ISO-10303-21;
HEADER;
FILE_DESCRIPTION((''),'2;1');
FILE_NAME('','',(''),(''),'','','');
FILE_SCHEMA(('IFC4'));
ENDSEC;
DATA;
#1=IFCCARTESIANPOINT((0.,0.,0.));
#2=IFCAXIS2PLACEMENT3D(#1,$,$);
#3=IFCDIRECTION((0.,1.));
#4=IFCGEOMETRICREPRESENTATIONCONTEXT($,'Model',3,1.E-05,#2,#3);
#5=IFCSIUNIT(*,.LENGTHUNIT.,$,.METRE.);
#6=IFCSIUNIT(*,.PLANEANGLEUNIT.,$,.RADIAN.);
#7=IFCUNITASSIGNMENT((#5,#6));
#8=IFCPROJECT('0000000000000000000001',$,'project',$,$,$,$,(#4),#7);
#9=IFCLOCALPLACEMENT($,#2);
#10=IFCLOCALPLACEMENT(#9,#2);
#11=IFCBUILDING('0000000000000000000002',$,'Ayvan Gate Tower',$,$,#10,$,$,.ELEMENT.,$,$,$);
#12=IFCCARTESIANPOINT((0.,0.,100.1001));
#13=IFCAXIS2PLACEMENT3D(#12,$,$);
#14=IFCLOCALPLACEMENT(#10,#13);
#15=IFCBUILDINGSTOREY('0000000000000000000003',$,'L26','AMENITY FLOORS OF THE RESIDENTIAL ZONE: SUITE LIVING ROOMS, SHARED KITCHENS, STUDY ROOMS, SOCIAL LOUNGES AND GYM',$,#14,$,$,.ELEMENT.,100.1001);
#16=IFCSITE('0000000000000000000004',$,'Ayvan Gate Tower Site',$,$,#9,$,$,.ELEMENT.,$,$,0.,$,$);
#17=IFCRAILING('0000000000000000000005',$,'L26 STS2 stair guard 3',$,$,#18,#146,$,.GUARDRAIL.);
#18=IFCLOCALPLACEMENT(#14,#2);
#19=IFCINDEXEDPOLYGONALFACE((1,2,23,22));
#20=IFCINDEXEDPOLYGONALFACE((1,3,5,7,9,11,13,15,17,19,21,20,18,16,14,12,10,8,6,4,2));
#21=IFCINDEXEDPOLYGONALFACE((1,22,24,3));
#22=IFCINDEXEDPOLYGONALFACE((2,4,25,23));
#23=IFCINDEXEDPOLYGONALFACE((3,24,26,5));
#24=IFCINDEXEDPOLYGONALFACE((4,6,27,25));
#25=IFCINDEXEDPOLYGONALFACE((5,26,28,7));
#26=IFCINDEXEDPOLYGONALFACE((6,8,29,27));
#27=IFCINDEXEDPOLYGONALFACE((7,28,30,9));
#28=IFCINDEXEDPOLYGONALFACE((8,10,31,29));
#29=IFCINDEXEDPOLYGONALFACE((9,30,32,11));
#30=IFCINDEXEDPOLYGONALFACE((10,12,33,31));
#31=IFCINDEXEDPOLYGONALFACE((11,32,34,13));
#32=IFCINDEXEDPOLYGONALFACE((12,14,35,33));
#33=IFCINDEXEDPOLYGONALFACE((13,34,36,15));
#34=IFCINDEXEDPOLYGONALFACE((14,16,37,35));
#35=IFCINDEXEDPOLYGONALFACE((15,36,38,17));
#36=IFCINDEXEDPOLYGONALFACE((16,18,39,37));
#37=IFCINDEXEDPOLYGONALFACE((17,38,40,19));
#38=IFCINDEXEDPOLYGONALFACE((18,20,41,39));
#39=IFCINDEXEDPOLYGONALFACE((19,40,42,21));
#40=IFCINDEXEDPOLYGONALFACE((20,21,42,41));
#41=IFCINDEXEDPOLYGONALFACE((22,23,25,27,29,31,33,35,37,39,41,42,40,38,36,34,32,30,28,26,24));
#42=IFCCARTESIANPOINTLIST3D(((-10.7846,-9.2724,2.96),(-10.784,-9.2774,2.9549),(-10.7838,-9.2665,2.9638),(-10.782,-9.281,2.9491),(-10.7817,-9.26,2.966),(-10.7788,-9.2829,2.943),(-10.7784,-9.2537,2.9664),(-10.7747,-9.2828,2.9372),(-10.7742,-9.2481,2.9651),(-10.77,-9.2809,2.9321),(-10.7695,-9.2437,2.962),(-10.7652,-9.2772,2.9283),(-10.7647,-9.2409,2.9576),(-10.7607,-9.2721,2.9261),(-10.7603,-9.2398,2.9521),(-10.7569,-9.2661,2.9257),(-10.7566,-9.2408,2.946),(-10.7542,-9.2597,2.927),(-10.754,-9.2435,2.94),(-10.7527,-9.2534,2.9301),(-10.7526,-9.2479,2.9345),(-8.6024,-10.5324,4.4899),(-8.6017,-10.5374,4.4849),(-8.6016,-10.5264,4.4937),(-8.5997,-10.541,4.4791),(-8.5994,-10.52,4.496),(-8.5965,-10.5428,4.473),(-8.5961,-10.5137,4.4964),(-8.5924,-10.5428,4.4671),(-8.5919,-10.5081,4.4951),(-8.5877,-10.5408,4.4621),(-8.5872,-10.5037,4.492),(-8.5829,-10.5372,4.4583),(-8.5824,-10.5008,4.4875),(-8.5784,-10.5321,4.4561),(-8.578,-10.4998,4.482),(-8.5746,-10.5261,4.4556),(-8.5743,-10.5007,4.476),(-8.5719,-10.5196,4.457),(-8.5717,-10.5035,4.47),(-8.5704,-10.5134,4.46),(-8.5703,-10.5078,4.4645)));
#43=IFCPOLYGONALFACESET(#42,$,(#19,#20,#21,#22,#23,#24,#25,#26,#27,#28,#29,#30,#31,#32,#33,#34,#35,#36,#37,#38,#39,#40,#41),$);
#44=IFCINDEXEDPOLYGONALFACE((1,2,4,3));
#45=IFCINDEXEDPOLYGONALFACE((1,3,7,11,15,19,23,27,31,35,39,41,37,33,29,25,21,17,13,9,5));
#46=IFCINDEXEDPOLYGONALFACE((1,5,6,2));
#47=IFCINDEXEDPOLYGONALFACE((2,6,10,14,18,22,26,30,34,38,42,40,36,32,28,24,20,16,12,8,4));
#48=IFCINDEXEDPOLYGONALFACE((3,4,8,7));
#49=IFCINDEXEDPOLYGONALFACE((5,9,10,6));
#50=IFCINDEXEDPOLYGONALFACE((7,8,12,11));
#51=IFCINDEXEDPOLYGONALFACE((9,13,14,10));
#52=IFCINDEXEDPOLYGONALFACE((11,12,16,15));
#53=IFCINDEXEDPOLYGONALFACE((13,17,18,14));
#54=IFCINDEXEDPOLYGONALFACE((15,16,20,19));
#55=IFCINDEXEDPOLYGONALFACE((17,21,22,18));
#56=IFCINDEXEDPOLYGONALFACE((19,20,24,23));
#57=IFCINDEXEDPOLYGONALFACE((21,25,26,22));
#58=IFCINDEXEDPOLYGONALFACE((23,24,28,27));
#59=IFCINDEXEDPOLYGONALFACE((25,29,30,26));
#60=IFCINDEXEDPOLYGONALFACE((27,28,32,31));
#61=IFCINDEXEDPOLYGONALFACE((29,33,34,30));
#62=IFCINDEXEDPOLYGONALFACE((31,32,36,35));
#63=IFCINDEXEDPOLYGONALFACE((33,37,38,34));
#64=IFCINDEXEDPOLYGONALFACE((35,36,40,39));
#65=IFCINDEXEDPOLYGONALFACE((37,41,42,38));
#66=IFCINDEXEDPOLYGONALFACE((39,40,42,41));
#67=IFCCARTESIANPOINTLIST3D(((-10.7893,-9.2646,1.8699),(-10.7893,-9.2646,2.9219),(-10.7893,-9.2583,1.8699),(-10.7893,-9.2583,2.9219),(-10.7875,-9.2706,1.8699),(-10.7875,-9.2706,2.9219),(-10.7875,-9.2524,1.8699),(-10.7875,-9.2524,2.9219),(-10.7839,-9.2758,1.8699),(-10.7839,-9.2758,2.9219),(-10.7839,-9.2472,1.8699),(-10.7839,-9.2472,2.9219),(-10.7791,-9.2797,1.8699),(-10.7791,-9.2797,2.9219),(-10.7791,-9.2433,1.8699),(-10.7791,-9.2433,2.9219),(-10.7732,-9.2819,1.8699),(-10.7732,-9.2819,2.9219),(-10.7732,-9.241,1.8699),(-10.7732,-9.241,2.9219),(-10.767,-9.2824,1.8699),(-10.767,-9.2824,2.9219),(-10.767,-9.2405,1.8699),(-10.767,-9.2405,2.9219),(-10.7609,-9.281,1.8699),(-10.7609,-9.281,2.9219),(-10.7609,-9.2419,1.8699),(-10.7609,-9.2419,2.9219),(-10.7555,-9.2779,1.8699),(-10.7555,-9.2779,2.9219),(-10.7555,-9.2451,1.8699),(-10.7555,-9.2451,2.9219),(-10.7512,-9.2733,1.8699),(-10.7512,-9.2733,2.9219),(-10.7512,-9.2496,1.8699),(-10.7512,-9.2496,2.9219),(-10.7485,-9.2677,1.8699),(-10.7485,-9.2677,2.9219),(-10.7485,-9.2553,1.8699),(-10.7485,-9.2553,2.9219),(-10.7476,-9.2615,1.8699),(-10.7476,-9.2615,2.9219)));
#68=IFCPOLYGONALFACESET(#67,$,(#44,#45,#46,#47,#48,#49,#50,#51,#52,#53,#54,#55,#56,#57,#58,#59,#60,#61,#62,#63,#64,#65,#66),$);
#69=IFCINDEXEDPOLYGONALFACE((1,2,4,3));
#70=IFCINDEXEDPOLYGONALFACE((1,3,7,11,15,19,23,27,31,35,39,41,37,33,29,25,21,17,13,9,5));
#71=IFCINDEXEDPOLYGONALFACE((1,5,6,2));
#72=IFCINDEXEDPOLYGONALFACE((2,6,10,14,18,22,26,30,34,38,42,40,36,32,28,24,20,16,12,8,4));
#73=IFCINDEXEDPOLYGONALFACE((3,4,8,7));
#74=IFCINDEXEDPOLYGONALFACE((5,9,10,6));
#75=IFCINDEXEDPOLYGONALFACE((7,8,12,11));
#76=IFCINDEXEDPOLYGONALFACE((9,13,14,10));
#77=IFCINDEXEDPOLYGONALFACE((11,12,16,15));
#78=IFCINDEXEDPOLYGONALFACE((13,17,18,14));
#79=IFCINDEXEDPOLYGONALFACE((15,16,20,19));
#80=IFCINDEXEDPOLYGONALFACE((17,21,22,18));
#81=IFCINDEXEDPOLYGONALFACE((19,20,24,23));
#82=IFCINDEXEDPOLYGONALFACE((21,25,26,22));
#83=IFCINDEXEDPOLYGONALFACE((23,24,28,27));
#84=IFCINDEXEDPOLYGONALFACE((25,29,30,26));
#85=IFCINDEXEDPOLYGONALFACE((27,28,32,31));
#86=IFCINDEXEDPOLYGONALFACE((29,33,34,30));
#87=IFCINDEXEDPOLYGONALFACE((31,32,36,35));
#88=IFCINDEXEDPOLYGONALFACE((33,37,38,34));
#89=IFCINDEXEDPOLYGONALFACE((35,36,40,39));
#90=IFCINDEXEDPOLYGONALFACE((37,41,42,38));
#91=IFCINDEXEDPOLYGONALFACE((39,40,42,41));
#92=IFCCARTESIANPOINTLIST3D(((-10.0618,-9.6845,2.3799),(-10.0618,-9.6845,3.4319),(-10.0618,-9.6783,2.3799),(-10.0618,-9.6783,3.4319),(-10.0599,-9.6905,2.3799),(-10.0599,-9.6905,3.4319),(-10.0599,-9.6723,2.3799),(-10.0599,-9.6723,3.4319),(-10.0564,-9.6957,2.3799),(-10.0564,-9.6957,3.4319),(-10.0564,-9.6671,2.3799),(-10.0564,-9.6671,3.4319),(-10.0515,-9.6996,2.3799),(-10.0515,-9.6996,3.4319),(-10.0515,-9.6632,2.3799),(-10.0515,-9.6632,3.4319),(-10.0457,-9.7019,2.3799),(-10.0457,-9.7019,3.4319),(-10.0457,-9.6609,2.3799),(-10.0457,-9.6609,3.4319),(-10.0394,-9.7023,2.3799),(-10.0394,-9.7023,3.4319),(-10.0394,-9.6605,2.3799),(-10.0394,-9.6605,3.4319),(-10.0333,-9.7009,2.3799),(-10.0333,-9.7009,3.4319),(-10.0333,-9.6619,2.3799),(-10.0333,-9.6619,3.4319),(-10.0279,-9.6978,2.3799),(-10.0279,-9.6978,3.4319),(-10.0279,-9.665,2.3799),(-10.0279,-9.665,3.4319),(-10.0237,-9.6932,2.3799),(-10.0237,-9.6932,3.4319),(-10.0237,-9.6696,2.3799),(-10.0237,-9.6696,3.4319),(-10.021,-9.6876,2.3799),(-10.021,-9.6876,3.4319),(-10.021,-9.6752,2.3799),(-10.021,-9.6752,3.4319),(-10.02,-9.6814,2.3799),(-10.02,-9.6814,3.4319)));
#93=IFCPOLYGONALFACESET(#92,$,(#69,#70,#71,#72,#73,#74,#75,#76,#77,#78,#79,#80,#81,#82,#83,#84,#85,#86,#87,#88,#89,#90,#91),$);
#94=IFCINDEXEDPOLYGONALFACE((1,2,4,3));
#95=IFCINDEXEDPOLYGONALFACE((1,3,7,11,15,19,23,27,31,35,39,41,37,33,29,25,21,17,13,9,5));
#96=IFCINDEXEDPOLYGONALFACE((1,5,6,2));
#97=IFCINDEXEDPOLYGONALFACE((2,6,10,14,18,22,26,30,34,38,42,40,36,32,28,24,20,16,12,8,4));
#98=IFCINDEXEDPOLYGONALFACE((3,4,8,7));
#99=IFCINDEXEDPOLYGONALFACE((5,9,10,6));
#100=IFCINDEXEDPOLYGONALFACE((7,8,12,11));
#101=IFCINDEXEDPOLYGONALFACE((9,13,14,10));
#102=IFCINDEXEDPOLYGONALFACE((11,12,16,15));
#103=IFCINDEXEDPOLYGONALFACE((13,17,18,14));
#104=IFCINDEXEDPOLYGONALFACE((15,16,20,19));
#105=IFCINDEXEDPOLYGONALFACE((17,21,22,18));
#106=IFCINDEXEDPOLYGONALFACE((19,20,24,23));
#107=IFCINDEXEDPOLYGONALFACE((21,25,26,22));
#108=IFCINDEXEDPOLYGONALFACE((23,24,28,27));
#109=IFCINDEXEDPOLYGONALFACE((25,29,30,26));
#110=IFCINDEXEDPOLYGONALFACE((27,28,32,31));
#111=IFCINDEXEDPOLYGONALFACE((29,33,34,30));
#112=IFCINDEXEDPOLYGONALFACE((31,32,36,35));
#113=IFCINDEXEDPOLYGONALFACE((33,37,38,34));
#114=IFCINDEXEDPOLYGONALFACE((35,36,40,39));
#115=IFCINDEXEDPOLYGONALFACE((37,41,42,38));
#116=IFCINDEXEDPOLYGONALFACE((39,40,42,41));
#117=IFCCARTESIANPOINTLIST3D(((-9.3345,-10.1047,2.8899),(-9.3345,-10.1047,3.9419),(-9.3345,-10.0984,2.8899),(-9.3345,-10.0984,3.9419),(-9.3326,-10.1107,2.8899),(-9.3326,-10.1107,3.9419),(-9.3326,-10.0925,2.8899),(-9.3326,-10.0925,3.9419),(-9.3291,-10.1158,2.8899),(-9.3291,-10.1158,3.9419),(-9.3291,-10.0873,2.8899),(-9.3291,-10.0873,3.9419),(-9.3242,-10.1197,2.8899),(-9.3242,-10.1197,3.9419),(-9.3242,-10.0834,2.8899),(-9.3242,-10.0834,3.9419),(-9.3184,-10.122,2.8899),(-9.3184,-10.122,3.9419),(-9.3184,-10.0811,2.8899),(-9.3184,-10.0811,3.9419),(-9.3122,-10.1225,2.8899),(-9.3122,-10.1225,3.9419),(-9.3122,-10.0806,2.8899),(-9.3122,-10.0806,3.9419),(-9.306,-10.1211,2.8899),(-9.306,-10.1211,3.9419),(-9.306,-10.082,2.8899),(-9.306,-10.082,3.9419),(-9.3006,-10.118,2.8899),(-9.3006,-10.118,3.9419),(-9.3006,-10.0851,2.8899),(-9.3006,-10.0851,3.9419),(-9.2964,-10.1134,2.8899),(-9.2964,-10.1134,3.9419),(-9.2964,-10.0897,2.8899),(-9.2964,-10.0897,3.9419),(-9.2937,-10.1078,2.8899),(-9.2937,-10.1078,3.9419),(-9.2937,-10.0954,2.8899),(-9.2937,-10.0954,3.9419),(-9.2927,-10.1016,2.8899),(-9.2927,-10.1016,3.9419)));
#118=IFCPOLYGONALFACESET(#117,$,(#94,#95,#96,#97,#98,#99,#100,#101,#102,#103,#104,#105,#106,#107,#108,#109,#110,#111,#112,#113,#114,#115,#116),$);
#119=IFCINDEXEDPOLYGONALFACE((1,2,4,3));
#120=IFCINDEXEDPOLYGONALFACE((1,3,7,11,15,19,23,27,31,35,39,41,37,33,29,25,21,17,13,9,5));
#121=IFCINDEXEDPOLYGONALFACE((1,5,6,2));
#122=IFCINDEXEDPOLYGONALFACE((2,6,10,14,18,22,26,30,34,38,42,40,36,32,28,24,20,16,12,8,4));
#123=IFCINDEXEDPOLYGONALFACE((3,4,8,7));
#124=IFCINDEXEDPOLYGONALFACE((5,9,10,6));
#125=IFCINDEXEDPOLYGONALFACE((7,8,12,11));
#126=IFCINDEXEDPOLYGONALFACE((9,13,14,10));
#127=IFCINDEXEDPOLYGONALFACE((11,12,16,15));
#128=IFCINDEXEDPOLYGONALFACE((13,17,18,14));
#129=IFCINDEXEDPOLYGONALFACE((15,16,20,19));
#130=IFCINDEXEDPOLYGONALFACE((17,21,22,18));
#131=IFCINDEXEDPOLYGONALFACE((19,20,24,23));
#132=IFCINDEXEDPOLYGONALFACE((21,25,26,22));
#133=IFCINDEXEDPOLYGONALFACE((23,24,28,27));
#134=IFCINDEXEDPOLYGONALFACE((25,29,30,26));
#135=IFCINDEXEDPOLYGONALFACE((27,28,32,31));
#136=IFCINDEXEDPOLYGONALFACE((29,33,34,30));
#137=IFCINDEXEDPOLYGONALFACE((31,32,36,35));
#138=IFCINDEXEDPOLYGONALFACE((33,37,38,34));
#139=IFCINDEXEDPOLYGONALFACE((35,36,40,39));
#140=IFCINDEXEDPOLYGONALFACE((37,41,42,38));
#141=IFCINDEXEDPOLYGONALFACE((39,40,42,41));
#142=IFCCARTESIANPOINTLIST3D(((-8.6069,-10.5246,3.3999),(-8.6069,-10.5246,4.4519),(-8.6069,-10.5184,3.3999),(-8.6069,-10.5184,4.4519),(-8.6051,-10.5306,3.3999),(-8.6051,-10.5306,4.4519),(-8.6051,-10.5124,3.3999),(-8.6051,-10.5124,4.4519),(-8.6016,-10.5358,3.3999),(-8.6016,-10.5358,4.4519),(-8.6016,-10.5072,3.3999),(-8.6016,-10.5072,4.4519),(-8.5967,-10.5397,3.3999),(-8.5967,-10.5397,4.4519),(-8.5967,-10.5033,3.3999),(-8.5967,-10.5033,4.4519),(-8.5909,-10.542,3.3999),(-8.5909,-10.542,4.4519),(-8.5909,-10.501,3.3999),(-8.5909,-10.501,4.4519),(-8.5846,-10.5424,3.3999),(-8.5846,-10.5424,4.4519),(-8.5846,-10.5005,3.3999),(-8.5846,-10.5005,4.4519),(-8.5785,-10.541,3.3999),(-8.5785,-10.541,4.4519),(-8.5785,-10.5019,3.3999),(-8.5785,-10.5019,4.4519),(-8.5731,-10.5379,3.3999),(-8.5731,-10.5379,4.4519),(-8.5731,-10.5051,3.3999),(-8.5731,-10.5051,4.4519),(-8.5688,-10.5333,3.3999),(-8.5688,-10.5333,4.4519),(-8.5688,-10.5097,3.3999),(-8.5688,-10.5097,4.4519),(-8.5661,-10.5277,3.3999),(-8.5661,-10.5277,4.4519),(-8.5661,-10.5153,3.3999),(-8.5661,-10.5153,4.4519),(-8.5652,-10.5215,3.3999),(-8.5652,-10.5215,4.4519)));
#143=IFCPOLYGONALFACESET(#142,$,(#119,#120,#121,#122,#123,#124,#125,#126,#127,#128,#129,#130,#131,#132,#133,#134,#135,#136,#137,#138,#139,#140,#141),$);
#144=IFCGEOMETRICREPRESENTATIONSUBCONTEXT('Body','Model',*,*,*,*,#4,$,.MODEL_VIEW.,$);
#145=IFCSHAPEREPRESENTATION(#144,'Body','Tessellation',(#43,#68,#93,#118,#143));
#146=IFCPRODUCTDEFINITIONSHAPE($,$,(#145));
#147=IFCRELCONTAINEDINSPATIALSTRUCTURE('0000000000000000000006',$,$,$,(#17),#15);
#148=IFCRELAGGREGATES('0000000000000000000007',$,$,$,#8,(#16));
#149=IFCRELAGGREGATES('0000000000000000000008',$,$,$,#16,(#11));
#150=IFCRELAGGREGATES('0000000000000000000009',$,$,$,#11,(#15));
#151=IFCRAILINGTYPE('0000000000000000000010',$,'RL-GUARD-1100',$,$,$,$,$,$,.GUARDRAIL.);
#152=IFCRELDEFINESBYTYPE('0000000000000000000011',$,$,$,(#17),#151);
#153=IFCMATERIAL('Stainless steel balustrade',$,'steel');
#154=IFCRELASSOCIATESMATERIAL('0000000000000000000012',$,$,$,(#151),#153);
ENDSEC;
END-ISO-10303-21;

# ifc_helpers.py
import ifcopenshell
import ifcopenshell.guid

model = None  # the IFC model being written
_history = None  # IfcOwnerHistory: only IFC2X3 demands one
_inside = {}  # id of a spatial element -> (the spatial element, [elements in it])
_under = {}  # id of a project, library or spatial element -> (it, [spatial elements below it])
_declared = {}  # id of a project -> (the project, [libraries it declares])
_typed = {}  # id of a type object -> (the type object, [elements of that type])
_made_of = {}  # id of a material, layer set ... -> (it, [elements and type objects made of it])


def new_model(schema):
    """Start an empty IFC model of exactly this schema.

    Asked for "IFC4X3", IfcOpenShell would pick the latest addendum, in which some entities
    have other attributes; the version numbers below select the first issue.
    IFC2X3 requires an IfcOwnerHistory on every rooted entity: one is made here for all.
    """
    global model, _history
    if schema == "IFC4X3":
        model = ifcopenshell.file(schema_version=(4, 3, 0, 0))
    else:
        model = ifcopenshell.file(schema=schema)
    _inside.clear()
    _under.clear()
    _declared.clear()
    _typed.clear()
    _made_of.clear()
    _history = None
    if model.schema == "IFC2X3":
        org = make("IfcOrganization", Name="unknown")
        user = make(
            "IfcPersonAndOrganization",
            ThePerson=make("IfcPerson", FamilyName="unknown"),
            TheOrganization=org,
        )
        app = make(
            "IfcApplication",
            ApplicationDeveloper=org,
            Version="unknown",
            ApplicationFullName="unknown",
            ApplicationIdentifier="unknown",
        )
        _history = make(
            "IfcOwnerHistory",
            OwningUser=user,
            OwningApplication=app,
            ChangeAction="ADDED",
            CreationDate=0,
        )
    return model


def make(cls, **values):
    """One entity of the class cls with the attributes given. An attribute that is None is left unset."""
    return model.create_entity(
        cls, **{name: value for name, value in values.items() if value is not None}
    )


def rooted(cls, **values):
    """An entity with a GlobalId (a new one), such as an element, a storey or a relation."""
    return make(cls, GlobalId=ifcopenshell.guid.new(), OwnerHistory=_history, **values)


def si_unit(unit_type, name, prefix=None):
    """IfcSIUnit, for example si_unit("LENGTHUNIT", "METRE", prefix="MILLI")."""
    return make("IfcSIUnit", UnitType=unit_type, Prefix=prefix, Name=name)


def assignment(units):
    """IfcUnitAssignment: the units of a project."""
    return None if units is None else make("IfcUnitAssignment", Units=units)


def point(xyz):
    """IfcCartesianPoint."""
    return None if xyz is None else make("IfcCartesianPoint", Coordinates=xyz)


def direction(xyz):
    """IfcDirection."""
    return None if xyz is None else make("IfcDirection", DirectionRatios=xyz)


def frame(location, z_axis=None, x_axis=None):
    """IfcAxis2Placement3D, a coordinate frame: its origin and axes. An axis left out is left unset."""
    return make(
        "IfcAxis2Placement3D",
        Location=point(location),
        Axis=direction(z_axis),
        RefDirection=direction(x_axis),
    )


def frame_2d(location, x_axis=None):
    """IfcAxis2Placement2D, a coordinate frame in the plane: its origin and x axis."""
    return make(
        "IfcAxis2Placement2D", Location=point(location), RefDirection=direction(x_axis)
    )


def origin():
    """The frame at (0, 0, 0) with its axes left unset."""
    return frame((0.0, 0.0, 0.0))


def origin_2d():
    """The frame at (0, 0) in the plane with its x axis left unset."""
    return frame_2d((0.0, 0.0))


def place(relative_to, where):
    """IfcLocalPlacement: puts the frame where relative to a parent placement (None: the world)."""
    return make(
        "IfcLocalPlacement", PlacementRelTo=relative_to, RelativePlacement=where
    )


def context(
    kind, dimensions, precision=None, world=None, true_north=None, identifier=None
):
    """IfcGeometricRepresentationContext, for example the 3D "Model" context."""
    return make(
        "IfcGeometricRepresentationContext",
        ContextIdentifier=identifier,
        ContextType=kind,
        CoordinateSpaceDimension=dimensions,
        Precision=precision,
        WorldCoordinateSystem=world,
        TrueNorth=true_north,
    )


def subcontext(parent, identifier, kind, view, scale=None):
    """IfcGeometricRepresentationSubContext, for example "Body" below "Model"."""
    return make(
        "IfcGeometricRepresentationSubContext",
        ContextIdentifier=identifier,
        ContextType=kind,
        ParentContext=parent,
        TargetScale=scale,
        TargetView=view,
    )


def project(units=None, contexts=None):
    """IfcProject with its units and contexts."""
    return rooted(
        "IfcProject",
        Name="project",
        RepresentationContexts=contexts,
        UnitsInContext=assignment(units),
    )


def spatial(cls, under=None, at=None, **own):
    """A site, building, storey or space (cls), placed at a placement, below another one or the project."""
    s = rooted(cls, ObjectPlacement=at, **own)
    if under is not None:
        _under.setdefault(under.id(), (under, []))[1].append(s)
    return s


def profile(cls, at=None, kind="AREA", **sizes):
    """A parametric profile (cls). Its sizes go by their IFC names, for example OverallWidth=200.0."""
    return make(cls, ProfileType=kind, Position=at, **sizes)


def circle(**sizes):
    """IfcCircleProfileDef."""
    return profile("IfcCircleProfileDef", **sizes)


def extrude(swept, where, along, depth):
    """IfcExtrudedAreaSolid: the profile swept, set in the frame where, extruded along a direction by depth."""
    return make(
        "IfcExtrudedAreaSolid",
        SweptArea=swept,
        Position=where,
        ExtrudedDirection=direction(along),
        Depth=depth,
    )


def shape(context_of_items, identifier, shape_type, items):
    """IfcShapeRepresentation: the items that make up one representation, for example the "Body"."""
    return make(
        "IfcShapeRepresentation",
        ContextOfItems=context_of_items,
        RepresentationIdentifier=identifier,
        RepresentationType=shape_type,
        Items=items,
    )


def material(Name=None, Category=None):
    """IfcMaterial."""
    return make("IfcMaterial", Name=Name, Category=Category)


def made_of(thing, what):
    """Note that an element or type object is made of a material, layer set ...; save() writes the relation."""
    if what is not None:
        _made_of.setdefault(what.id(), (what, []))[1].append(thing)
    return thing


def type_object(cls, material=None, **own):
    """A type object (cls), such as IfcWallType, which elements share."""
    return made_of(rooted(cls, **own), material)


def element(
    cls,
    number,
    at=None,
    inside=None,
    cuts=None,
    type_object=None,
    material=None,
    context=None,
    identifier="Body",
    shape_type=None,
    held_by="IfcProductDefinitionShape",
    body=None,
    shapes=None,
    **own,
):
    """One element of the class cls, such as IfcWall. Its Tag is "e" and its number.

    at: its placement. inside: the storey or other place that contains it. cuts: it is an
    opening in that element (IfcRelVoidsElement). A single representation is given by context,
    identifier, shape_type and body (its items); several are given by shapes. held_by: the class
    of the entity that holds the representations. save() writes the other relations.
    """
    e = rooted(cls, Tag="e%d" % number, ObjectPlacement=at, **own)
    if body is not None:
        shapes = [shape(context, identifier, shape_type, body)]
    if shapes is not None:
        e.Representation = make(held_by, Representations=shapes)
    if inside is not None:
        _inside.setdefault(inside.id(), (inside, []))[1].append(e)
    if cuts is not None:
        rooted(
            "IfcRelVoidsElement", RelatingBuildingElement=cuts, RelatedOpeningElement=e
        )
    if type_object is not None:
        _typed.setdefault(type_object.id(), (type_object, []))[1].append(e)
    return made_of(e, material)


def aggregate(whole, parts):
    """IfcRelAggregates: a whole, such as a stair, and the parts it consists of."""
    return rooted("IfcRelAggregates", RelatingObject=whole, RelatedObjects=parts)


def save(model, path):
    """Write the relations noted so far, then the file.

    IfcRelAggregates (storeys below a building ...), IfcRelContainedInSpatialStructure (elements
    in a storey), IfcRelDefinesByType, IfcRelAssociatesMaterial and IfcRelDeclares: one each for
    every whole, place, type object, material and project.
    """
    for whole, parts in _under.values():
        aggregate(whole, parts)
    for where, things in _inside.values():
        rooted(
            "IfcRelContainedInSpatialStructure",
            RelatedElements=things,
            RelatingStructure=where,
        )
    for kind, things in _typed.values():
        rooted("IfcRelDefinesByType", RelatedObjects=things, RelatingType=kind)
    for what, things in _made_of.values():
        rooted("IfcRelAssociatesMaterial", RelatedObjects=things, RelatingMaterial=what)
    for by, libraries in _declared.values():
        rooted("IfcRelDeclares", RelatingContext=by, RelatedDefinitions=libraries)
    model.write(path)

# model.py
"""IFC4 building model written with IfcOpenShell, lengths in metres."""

from ifc_helpers import new_model, si_unit, direction, frame, origin, origin_2d, place, context, subcontext, project, spatial, circle, extrude, material, type_object, element, save


model = new_model("IFC4")

# Units and contexts
model_context = context("Model", 3, precision=1e-05, world=origin(), true_north=direction((0.0, 1.0)))
body_context = subcontext(model_context, "Body", "Model", "MODEL_VIEW")
ifc_project = project(units=[si_unit("LENGTHUNIT", "METRE"), si_unit("PLANEANGLEUNIT", "RADIAN")], contexts=[model_context])

# Site, building, storey
site_placement = place(None, origin())
site = spatial("IfcSite", under=ifc_project, at=site_placement, Name="Ayvan Gate Tower Site", CompositionType="ELEMENT", RefElevation=0.0)
building_placement = place(site_placement, origin())
building = spatial("IfcBuilding", under=site, at=building_placement, Name="Ayvan Gate Tower", CompositionType="ELEMENT")
storey_placement = place(building_placement, frame((0.0, 0.0, 100.1001)))
storey = spatial("IfcBuildingStorey", under=building, at=storey_placement, Name="L26", Description="AMENITY FLOORS OF THE RESIDENTIAL ZONE: SUITE LIVING ROOMS, SHARED KITCHENS, STUDY ROOMS, SOCIAL LOUNGES AND GYM", CompositionType="ELEMENT", Elevation=100.1001)

# Railing
ifc_material_1 = material(Name="Stainless steel balustrade", Category="steel")
railing_type_1 = type_object("IfcRailingType", Name="RL-GUARD-1100", PredefinedType="GUARDRAIL", material=ifc_material_1)
railing_1_placement = place(storey_placement, frame((-10.7686, -9.2615, 1.8699)))
element("IfcRailing", 1, at=railing_1_placement, inside=storey, type_object=railing_type_1, Name="L26 STS2 stair guard 3", PredefinedType="GUARDRAIL", context=body_context, shape_type="SweptSolid", body=[
    extrude(circle(Radius=0.0239, at=origin_2d()), frame((0.0, 0.0, 1.0762), z_axis=(0.740261, -0.427395, 0.518986), x_axis=(0.500005, 0.866023, 0.0)), (0.0, 0.0, 1.0), 2.948),
    extrude(circle(Radius=0.021, at=origin_2d()), origin(), (0.0, 0.0, 1.0), 1.052),
    extrude(circle(Radius=0.021, at=origin_2d()), frame((0.7275, -0.4199, 0.51)), (0.0, 0.0, 1.0), 1.052),
    extrude(circle(Radius=0.021, at=origin_2d()), frame((1.4548, -0.8401, 1.02)), (0.0, 0.0, 1.0), 1.052),
    extrude(circle(Radius=0.021, at=origin_2d()), frame((2.1824, -1.26, 1.53)), (0.0, 0.0, 1.0), 1.052),
])

save(model, "model.ifc")
